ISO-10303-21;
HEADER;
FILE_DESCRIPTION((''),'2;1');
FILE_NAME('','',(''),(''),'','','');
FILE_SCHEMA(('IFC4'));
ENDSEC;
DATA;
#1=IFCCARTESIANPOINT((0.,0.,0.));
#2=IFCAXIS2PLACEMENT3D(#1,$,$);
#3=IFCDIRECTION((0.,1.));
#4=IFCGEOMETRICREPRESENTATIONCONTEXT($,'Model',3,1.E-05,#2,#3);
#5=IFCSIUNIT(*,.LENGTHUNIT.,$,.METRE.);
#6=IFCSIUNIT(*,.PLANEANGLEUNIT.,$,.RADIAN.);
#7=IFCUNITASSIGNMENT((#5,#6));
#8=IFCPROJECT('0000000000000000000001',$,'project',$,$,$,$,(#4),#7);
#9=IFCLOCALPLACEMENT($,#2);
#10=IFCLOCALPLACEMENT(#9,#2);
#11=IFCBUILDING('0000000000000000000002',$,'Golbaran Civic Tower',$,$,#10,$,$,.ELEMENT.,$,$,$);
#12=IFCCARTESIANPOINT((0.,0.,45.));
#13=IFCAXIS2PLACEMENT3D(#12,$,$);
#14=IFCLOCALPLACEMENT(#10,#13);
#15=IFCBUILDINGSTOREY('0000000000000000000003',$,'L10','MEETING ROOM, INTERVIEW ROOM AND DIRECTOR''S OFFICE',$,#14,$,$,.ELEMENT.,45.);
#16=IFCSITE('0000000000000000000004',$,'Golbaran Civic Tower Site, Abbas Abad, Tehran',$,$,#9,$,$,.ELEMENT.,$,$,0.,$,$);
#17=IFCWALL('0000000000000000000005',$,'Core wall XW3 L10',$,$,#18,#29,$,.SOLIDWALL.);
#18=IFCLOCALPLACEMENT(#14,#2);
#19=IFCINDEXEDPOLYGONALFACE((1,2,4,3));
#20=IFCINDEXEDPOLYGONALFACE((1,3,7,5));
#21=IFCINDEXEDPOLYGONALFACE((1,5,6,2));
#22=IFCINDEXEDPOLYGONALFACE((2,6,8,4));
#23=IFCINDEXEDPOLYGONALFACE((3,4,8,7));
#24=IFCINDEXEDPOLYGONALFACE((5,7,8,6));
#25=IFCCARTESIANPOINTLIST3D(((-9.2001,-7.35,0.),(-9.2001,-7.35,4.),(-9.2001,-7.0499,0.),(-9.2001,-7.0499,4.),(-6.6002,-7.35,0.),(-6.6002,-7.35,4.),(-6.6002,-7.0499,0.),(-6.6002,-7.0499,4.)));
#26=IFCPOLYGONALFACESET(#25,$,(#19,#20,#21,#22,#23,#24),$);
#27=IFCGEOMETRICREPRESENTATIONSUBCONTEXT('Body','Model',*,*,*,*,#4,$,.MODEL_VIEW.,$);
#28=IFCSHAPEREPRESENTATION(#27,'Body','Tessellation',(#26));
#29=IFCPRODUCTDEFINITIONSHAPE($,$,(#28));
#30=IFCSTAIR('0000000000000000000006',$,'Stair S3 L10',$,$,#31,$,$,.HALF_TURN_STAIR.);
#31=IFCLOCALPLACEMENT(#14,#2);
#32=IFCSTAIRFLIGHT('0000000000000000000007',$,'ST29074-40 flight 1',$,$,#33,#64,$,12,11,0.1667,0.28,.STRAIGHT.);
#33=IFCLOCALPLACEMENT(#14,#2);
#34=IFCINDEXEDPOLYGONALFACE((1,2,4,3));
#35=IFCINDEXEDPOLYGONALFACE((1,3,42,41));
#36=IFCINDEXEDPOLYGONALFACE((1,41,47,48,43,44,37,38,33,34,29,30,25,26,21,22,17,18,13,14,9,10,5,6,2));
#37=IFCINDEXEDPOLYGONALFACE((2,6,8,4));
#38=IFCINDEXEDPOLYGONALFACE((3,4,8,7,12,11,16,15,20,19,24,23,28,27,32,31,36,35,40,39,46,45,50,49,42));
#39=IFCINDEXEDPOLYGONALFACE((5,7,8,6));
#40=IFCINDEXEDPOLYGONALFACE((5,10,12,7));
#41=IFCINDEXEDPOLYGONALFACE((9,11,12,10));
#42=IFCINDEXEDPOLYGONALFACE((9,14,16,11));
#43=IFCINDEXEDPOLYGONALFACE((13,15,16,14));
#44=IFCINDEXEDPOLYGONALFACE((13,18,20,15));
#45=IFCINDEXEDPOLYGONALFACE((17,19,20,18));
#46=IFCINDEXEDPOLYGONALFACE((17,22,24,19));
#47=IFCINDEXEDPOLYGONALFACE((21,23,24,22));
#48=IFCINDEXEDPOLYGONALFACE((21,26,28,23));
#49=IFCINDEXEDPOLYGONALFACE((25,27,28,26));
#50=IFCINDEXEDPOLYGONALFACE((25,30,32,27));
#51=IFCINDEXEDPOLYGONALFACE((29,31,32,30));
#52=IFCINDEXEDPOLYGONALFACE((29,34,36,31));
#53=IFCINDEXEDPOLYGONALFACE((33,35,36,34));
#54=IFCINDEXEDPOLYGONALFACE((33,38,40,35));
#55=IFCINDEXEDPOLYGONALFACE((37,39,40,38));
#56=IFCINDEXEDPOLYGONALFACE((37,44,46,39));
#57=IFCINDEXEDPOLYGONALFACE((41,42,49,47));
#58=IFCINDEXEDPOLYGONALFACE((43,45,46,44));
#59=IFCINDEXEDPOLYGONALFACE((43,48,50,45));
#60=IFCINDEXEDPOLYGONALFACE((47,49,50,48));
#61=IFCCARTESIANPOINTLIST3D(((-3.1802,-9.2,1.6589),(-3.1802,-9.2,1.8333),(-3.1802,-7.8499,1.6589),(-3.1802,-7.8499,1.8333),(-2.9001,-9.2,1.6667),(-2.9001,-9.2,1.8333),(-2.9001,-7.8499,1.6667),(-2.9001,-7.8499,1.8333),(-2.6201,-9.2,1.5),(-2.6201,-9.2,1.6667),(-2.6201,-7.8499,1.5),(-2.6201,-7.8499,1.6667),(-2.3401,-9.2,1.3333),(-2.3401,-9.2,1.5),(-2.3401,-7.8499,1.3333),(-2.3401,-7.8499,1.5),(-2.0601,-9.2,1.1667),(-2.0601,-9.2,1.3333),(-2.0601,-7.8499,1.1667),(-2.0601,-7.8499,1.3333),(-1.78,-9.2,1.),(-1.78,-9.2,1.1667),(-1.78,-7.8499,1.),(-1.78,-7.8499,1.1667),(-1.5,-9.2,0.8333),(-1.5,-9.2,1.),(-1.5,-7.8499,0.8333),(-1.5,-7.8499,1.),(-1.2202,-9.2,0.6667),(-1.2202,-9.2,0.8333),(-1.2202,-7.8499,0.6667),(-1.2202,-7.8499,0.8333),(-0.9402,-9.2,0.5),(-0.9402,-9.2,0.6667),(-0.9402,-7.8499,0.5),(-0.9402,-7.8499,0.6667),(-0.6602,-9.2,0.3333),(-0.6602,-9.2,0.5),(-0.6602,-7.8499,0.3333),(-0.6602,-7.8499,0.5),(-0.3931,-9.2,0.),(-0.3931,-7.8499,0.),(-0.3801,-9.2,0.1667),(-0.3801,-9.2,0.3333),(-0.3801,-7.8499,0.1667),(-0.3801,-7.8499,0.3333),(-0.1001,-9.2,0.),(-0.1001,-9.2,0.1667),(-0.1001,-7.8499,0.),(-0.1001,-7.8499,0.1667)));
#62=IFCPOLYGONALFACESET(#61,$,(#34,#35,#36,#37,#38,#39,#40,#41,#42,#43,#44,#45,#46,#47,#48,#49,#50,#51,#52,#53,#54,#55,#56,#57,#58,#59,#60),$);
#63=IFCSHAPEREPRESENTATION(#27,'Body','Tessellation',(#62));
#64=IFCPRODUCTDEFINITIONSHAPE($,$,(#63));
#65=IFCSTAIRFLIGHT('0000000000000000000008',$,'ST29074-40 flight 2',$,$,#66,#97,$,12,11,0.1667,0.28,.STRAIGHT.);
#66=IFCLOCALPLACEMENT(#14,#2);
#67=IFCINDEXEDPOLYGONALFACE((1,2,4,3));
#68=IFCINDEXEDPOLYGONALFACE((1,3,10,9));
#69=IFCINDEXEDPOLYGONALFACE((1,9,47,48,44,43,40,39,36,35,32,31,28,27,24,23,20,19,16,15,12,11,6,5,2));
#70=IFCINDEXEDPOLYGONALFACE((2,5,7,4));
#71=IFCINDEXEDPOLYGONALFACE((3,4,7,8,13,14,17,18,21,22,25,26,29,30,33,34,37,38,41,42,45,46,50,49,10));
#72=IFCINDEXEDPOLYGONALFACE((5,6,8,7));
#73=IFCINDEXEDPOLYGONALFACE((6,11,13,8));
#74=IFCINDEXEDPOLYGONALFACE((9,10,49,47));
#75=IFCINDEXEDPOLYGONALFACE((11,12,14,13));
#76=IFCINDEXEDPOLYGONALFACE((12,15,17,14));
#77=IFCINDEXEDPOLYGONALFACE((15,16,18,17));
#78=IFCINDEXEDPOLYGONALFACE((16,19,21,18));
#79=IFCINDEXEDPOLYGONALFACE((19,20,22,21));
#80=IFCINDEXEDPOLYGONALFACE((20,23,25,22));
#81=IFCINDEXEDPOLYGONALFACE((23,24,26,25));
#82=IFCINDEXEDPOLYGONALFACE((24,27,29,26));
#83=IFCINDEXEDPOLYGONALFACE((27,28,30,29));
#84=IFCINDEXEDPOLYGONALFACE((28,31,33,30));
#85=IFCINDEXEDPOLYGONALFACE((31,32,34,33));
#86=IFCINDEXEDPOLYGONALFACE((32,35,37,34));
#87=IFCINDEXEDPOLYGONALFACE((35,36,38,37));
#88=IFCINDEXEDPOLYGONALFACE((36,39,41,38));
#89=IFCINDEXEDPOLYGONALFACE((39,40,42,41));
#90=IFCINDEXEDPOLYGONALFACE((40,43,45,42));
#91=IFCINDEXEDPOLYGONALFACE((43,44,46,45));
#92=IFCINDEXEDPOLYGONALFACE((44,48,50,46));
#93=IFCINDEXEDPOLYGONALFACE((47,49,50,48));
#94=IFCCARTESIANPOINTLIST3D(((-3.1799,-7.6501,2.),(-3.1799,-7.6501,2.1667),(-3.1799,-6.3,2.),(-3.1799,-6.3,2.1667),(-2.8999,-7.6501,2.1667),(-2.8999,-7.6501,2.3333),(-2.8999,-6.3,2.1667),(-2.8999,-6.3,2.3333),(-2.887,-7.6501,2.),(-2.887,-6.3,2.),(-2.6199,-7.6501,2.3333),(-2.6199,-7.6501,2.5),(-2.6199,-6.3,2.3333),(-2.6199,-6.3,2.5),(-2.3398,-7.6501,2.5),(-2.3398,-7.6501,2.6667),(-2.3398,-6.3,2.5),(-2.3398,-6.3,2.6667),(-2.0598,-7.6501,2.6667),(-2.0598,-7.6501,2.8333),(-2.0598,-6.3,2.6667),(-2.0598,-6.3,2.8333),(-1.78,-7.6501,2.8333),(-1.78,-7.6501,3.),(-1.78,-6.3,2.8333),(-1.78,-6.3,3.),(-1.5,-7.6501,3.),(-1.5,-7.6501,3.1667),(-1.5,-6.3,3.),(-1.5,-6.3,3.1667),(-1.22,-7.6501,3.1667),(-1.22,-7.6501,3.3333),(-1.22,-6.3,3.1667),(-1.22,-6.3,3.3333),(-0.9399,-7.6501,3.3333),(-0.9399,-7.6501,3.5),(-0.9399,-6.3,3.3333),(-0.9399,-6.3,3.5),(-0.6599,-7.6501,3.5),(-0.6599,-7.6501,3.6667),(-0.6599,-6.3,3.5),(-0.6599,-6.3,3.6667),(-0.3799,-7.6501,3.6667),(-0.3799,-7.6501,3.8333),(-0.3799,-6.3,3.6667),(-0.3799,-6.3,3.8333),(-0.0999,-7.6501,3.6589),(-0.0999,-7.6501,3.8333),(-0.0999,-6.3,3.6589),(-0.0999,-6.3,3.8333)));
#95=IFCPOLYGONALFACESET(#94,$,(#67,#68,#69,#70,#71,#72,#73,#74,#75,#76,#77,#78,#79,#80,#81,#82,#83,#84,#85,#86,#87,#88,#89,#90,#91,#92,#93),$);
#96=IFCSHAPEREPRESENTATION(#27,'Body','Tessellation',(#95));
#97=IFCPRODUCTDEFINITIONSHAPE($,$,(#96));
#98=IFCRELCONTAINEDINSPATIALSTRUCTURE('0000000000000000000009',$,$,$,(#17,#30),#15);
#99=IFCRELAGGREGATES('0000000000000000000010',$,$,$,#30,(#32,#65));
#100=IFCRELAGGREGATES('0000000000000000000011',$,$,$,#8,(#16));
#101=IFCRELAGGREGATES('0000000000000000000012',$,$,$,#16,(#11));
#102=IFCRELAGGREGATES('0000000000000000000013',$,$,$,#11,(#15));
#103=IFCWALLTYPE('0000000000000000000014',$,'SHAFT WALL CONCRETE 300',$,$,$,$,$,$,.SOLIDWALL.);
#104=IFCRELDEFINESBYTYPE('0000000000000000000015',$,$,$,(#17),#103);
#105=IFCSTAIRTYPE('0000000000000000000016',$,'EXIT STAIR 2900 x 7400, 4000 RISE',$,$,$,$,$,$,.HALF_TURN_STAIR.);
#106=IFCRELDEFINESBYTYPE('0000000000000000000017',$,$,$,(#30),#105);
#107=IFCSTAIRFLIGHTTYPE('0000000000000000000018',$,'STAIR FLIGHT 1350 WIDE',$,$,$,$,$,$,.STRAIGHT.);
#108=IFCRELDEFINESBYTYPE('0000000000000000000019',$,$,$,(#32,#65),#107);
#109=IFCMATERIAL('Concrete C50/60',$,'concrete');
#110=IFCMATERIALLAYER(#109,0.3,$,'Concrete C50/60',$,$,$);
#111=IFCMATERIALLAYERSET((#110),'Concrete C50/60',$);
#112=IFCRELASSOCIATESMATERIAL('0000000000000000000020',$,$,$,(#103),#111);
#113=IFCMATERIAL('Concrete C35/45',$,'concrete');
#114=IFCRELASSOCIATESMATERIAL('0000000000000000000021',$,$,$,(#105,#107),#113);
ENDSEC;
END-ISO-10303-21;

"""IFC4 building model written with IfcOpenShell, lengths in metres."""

from ifc_helpers import new_model, si_unit, direction, frame, frame_2d, origin, place, context, subcontext, project, spatial, polyline, rectangle, outline, extrude, material, layer, layer_set, type_object, element, aggregate, save


model = new_model("IFC4")

# Units and contexts
model_context = context("Model", 3, precision=1e-05, world=origin(), true_north=direction((0.0, 1.0)))
body_context = subcontext(model_context, "Body", "Model", "MODEL_VIEW")
ifc_project = project(units=[si_unit("LENGTHUNIT", "METRE"), si_unit("PLANEANGLEUNIT", "RADIAN")], contexts=[model_context])

# Site, building, storey
site_placement = place(None, origin())
site = spatial("IfcSite", under=ifc_project, at=site_placement, Name="Golbaran Civic Tower Site, Abbas Abad, Tehran", CompositionType="ELEMENT", RefElevation=0.0)
building_placement = place(site_placement, origin())
building = spatial("IfcBuilding", under=site, at=building_placement, Name="Golbaran Civic Tower", CompositionType="ELEMENT")
storey_placement = place(building_placement, frame((0.0, 0.0, 45.0)))
storey = spatial("IfcBuildingStorey", under=building, at=storey_placement, Name="L10", Description="MEETING ROOM, INTERVIEW ROOM AND DIRECTOR'S OFFICE", CompositionType="ELEMENT", Elevation=45.0)

# Shared definitions
ifc_material_1 = material(Name="Concrete C35/45", Category="concrete")

# Shared definitions
ifc_material_2 = material(Name="Concrete C50/60", Category="concrete")

# Shared definitions
ifc_layer_1 = layer(ifc_material_2, 0.3, Name="Concrete C50/60")
ifc_layer_set_1 = layer_set([ifc_layer_1], Name="Concrete C50/60")
wall_type_1 = type_object("IfcWallType", Name="SHAFT WALL CONCRETE 300", PredefinedType="SOLIDWALL", material=ifc_layer_set_1)

# Wall
wall_1_placement = place(storey_placement, frame((-9.2, -7.2, 0.0), z_axis=(0.0, 0.0, 1.0), x_axis=(1.0, 0.0, 0.0)))
element("IfcWall", 1, at=wall_1_placement, inside=storey, type_object=wall_type_1, Name="Core wall XW3 L10", PredefinedType="SOLIDWALL", context=body_context, shape_type="SweptSolid", body=[
    extrude(rectangle(XDim=2.5999, YDim=0.3, at=frame_2d((1.2998, 0.0))), origin(), (0.0, 0.0, 1.0), 4.0),
])

# Stair, stair flights
stair_type_1 = type_object("IfcStairType", Name="EXIT STAIR 2900 x 7400, 4000 RISE", PredefinedType="HALF_TURN_STAIR", material=ifc_material_1)
stair_1_placement = place(storey_placement, origin())
stair_1 = element("IfcStair", 2, at=stair_1_placement, inside=storey, type_object=stair_type_1, Name="Stair S3 L10", PredefinedType="HALF_TURN_STAIR")
stair_flight_type = type_object("IfcStairFlightType", Name="STAIR FLIGHT 1350 WIDE", PredefinedType="STRAIGHT", material=ifc_material_1)
stair_flight_1_placement = place(storey_placement, frame((-0.1001, -8.5249, 0.0), z_axis=(0.0, 0.0, 1.0), x_axis=(-1.0, 0.0, 0.0)))
stair_flight_1 = element("IfcStairFlight", 3, at=stair_flight_1_placement, type_object=stair_flight_type, Name="ST29074-40 flight 1", NumberOfRisers=12, NumberOfTreads=11, PredefinedType="STRAIGHT", RiserHeight=0.1667, TreadLength=0.28, context=body_context, shape_type="SweptSolid", body=[
    extrude(outline(polyline([(0.0, 0.0), (0.0, 0.1667), (0.28, 0.1667), (0.28, 0.3333), (0.5601, 0.3333), (0.5601, 0.5), (0.8401, 0.5), (0.8401, 0.6667), (1.1201, 0.6667), (1.1201, 0.8333), (1.3999, 0.8333), (1.3999, 1.0), (1.6799, 1.0), (1.6799, 1.1667), (1.96, 1.1667), (1.96, 1.3333), (2.24, 1.3333), (2.24, 1.5), (2.52, 1.5), (2.52, 1.6667), (2.8, 1.6667), (2.8, 1.8333), (3.0801, 1.8333), (3.0801, 2.0), (3.0801, 1.6589), (0.293, 0.0), (0.0, 0.0)])), frame((0.0, 0.675, 0.0), z_axis=(0.0, -1.0, 0.0), x_axis=(1.0, 0.0, 0.0)), (0.0, 0.0, 1.0), 1.3501),
])
stair_flight_2_placement = place(storey_placement, frame((-3.1799, -6.9751, 2.0), z_axis=(0.0, 0.0, 1.0), x_axis=(1.0, 0.0, 0.0)))
stair_flight_2 = element("IfcStairFlight", 4, at=stair_flight_2_placement, type_object=stair_flight_type, Name="ST29074-40 flight 2", NumberOfRisers=12, NumberOfTreads=11, PredefinedType="STRAIGHT", RiserHeight=0.1667, TreadLength=0.28, context=body_context, shape_type="SweptSolid", body=[
    extrude(outline(polyline([(0.0, 0.0), (0.0, 0.1667), (0.28, 0.1667), (0.28, 0.3333), (0.5601, 0.3333), (0.5601, 0.5), (0.8401, 0.5), (0.8401, 0.6667), (1.1201, 0.6667), (1.1201, 0.8333), (1.3999, 0.8333), (1.3999, 1.0), (1.6799, 1.0), (1.6799, 1.1667), (1.96, 1.1667), (1.96, 1.3333), (2.24, 1.3333), (2.24, 1.5), (2.52, 1.5), (2.52, 1.6667), (2.8, 1.6667), (2.8, 1.8333), (3.0801, 1.8333), (3.0801, 2.0), (3.0801, 1.6589), (0.293, 0.0), (0.0, 0.0)])), frame((0.0, 0.675, 0.0), z_axis=(0.0, -1.0, 0.0), x_axis=(1.0, 0.0, 0.0)), (0.0, 0.0, 1.0), 1.3501),
])
aggregate(stair_1, [stair_flight_1, stair_flight_2])

save(model, "model.ifc")
